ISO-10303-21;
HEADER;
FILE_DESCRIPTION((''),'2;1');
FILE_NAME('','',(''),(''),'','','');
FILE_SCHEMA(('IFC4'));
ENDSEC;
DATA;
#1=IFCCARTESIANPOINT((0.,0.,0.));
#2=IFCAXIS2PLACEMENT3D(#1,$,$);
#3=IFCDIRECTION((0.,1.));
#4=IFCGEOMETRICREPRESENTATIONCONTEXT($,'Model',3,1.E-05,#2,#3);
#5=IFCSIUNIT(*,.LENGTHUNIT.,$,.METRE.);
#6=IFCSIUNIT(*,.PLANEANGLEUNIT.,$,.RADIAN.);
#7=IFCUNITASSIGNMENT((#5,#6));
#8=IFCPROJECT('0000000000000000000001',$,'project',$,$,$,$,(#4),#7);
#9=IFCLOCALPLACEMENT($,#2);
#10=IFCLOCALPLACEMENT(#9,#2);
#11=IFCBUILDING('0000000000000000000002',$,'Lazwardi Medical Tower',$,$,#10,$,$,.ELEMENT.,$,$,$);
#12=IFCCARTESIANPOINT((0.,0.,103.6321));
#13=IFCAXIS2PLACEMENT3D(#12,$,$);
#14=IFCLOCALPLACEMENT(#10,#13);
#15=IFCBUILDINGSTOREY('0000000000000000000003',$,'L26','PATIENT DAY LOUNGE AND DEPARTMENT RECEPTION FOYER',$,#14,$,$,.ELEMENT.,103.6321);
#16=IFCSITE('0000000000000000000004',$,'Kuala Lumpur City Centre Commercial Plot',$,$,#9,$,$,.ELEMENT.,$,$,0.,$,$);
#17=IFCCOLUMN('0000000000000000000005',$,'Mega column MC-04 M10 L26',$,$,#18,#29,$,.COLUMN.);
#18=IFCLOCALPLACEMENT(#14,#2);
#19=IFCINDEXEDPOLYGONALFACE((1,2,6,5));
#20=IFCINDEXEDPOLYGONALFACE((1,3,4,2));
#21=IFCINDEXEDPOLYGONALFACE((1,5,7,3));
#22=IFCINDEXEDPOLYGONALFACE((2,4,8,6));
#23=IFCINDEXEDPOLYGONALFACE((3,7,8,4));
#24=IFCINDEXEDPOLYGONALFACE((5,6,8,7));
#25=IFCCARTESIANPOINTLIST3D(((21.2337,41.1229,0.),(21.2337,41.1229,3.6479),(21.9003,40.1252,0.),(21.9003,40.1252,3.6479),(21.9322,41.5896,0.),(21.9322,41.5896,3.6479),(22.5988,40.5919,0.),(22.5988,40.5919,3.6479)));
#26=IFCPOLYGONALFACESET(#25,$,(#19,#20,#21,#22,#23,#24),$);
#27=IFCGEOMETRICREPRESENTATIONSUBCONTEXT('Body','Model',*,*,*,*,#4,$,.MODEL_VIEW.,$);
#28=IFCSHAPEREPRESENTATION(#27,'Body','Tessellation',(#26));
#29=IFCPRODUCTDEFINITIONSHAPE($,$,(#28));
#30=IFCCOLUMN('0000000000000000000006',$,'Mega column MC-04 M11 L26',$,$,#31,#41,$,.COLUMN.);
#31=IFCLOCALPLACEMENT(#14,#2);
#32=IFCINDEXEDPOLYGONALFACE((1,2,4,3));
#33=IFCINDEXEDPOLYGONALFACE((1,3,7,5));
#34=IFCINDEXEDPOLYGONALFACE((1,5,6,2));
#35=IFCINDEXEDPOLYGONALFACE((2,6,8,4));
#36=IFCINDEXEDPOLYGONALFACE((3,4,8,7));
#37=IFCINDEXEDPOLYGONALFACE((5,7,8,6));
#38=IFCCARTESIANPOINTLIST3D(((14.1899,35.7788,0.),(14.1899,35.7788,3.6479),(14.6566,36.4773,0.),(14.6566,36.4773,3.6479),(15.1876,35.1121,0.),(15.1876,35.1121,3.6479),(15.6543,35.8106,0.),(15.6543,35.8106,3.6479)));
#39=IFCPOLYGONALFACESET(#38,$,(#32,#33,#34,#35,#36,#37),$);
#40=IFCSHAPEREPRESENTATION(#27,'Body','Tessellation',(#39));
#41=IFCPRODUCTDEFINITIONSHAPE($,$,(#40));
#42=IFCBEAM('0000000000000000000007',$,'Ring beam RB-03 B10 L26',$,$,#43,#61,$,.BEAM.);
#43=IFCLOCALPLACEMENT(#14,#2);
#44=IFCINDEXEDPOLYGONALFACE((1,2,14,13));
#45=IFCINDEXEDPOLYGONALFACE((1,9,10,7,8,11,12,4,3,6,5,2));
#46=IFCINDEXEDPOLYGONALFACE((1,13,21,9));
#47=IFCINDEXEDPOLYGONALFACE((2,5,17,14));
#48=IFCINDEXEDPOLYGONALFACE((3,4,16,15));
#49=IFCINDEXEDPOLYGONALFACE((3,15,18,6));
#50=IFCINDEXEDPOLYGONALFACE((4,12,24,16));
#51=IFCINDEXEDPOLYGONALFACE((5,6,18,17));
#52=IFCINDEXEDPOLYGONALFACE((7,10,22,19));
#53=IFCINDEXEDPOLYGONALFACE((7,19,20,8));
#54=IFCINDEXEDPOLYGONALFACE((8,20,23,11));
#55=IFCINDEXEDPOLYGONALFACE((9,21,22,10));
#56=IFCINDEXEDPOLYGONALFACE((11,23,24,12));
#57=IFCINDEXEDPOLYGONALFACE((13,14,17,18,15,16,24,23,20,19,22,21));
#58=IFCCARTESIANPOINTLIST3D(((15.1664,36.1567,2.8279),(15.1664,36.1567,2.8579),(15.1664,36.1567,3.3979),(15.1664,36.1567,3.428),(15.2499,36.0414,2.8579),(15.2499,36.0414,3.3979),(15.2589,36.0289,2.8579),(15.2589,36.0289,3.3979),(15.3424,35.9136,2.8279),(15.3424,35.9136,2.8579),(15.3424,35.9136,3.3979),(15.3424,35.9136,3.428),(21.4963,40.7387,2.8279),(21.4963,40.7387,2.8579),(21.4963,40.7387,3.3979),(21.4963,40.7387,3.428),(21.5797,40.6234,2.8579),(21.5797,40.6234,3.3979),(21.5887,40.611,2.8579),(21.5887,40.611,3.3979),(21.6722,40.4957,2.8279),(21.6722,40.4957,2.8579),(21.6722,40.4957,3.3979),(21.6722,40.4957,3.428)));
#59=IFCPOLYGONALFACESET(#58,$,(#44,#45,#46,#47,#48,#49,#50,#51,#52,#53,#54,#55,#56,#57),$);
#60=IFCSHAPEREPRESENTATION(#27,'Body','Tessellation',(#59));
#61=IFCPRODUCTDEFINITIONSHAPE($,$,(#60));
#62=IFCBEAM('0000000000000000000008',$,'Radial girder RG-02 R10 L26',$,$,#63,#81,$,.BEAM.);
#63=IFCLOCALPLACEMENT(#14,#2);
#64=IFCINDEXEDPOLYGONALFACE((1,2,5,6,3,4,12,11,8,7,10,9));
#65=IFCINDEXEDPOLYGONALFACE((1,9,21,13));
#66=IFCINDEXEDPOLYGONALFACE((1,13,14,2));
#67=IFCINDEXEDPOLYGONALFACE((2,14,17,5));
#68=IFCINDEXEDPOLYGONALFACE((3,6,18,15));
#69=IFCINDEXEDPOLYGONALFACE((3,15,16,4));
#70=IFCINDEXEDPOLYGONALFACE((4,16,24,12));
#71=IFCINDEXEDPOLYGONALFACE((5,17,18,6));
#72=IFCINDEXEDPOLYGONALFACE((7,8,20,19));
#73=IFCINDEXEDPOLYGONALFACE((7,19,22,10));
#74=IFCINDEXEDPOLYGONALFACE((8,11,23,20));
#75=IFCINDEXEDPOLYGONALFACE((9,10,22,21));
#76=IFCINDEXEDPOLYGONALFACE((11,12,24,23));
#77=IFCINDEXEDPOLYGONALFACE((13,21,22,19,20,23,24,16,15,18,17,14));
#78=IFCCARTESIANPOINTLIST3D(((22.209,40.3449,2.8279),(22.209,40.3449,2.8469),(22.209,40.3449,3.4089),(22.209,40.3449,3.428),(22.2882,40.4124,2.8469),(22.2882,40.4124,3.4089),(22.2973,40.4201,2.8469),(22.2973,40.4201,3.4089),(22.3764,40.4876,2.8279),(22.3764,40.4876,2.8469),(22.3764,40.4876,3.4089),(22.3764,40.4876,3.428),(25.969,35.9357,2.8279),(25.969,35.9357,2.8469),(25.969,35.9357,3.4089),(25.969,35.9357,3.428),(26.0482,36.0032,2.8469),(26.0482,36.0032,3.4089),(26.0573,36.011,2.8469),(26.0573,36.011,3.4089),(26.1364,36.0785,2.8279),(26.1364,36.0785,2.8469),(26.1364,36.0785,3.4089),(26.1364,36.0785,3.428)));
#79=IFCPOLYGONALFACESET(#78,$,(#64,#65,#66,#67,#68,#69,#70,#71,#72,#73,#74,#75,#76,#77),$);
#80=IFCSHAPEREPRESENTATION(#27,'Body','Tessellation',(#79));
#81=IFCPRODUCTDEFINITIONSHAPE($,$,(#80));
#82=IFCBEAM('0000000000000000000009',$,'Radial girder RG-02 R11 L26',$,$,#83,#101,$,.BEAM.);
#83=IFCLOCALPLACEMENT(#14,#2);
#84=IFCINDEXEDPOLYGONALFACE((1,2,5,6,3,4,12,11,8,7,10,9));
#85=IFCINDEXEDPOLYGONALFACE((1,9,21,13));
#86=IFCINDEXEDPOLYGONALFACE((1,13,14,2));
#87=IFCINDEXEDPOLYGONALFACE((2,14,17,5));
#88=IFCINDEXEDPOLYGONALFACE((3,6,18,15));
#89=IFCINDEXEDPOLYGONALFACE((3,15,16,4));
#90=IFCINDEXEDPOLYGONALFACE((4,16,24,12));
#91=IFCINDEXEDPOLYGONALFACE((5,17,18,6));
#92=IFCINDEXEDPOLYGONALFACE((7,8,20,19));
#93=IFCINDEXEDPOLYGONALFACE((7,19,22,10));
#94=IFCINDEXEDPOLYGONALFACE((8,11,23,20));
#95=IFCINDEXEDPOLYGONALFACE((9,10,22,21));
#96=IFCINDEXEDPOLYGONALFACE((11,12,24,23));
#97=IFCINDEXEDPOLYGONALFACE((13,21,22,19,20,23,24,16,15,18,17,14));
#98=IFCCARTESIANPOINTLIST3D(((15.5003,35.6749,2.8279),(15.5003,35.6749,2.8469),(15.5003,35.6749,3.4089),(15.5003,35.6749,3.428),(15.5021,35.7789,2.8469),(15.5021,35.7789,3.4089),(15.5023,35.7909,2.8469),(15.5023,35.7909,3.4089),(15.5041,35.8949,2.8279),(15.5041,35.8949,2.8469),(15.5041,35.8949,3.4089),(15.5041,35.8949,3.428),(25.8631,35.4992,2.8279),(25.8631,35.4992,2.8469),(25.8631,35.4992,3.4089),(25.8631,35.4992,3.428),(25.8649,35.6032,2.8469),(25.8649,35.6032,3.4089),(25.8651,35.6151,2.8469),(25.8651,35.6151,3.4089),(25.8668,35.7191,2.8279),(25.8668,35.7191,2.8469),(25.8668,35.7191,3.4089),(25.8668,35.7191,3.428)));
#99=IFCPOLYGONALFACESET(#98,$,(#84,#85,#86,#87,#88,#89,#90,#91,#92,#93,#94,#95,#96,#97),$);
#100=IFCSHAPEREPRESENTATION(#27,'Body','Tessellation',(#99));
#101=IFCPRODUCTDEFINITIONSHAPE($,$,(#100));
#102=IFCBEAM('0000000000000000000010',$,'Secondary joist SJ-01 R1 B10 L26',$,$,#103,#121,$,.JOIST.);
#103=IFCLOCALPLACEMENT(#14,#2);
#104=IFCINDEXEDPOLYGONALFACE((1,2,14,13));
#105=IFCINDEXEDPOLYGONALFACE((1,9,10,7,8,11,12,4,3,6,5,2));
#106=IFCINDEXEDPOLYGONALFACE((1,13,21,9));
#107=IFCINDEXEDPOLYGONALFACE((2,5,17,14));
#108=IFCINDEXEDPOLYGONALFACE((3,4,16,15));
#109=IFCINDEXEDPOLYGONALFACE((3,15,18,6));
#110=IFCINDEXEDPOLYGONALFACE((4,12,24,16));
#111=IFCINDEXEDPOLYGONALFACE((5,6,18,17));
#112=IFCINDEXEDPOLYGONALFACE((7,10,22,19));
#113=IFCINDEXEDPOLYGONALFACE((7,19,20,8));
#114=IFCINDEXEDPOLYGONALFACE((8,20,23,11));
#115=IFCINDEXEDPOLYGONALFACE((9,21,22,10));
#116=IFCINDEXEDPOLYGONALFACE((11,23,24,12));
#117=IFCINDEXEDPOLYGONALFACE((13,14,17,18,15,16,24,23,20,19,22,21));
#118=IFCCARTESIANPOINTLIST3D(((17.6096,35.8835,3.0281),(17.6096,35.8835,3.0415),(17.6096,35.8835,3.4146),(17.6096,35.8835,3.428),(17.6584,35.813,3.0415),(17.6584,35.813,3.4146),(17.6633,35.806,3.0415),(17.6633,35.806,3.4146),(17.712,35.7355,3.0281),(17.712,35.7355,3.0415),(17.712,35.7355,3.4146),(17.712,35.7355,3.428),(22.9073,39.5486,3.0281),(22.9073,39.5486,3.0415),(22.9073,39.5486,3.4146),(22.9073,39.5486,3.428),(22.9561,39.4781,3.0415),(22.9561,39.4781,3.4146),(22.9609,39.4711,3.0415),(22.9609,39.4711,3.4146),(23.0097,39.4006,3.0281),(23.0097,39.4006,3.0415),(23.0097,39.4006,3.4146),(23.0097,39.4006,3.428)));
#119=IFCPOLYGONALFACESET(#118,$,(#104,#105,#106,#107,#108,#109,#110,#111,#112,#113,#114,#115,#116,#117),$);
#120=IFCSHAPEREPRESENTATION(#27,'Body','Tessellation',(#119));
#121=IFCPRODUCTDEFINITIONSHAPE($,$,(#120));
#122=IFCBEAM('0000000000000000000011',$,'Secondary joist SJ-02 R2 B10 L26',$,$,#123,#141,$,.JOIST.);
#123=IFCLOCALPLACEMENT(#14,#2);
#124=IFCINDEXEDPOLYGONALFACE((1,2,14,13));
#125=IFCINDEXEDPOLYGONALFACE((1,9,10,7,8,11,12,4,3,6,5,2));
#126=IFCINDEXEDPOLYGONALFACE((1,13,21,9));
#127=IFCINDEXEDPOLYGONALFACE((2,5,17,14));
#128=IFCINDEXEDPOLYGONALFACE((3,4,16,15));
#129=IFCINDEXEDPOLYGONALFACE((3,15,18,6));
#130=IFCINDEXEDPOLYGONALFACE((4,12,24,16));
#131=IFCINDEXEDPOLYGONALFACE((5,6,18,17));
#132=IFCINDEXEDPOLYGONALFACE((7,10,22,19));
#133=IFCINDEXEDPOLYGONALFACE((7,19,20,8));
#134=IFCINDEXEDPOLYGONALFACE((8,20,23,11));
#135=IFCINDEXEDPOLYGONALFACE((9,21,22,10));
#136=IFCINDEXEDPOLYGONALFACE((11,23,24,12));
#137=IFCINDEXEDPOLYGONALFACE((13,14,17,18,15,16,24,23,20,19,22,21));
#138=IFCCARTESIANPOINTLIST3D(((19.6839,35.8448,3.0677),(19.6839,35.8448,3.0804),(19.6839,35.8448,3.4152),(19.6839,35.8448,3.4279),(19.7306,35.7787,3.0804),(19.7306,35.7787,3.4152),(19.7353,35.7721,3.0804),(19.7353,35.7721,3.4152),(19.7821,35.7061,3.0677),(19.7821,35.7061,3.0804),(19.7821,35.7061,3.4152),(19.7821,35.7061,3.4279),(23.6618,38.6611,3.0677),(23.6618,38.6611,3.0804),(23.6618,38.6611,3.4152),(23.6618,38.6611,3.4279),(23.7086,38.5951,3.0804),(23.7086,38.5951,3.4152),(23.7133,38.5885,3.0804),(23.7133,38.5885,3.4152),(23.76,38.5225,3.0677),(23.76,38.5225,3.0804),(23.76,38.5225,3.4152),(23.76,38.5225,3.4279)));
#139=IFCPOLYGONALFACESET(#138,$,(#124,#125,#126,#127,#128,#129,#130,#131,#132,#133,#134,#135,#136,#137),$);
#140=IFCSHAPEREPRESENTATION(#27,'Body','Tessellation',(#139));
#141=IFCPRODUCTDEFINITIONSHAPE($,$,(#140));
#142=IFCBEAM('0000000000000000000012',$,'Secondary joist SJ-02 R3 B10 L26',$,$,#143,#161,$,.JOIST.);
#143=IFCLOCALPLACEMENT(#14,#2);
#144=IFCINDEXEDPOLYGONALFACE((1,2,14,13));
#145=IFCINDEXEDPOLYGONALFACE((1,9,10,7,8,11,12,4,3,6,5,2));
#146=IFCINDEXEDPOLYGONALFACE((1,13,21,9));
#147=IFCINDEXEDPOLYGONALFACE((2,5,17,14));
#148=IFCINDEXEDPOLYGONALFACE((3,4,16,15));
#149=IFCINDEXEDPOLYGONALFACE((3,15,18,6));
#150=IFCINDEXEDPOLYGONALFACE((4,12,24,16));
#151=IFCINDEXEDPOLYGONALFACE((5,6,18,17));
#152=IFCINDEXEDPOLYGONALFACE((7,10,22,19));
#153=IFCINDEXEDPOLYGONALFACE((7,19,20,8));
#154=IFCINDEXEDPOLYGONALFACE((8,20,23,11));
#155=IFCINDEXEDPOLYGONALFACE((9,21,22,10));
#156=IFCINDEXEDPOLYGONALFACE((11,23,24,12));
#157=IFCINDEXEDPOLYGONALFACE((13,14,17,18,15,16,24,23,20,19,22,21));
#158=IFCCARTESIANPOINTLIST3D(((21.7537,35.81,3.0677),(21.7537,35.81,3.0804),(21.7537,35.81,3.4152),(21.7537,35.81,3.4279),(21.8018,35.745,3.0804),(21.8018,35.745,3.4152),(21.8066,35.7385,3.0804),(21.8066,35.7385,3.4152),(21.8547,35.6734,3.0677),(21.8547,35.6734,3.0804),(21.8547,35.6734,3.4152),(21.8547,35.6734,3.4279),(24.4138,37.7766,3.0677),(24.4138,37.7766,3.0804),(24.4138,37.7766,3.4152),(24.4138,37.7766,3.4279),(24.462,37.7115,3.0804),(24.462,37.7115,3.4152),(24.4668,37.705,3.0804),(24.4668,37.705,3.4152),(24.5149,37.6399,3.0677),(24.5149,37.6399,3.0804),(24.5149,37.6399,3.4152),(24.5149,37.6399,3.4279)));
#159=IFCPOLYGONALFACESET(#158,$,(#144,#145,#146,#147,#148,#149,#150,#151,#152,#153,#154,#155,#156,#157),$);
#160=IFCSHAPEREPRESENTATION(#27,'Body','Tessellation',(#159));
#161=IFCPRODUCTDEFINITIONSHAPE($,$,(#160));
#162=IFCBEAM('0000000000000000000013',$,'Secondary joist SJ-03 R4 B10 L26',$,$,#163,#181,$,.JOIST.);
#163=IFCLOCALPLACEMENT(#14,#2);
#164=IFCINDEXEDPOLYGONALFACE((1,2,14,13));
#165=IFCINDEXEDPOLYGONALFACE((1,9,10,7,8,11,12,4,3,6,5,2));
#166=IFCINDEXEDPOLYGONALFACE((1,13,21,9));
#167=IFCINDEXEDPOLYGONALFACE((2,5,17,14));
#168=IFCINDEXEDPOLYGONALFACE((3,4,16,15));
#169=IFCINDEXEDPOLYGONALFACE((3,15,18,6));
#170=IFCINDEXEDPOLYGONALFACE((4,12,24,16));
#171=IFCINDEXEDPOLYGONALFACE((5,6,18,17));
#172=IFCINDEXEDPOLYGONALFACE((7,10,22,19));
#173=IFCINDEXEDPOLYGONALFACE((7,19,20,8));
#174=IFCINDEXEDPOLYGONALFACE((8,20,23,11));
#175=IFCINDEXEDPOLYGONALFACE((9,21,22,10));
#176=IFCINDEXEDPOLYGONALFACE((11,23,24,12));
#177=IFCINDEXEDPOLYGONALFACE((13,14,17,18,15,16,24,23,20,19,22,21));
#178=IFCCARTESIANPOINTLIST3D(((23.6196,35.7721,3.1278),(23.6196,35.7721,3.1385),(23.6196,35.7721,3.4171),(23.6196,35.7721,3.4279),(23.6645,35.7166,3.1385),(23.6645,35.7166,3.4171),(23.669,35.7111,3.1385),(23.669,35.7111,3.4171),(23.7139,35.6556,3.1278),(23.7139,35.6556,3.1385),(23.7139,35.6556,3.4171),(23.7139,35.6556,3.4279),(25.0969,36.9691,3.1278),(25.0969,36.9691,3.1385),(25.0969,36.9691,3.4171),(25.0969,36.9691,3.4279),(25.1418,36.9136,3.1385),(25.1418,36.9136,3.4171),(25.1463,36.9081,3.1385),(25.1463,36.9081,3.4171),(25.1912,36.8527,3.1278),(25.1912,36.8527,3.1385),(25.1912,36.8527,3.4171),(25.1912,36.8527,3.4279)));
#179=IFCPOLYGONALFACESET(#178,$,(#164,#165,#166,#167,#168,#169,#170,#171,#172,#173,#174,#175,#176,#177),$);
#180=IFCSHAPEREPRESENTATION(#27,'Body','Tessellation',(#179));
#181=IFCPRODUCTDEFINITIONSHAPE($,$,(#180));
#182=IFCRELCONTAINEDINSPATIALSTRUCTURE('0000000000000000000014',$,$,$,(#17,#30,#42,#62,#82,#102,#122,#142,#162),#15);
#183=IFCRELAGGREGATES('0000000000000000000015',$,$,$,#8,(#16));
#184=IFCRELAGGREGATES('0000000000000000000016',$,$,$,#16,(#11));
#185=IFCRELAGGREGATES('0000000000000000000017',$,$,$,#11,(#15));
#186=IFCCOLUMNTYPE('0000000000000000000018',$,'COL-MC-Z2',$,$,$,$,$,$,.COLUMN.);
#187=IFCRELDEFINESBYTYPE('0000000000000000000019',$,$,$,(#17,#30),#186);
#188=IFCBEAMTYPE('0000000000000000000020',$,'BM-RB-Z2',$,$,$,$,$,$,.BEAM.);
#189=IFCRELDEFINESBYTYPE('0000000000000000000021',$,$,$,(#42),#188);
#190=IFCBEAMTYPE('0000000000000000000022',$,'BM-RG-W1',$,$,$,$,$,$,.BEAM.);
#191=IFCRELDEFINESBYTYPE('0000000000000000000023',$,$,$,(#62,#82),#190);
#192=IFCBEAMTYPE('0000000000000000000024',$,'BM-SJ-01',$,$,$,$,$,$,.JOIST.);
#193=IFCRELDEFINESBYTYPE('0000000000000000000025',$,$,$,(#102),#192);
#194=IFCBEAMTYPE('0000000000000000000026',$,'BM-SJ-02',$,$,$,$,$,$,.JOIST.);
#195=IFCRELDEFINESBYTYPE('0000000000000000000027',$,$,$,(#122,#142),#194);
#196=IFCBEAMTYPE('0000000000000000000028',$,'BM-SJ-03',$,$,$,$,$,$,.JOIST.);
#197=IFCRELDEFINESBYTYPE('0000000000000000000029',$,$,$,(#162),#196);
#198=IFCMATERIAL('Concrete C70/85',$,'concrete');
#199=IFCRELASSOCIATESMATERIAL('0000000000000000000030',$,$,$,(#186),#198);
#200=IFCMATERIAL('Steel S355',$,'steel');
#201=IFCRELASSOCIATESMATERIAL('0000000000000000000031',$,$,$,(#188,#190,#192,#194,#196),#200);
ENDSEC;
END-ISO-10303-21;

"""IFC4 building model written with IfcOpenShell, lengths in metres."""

from ifc_helpers import new_model, si_unit, direction, frame, origin, origin_2d, place, context, subcontext, project, spatial, rectangle, i_section, extrude, material, material_profile, profile_set, type_object, element, save


model = new_model("IFC4")

# Units and contexts
model_context = context("Model", 3, precision=1e-05, world=origin(), true_north=direction((0.0, 1.0)))
body_context = subcontext(model_context, "Body", "Model", "MODEL_VIEW")
ifc_project = project(units=[si_unit("LENGTHUNIT", "METRE"), si_unit("PLANEANGLEUNIT", "RADIAN")], contexts=[model_context])

# Site, building, storey
site_placement = place(None, origin())
site = spatial("IfcSite", under=ifc_project, at=site_placement, Name="Kuala Lumpur City Centre Commercial Plot", CompositionType="ELEMENT", RefElevation=0.0)
building_placement = place(site_placement, origin())
building = spatial("IfcBuilding", under=site, at=building_placement, Name="Lazwardi Medical Tower", CompositionType="ELEMENT")
storey_placement = place(building_placement, frame((0.0, 0.0, 103.6321)))
storey = spatial("IfcBuildingStorey", under=building, at=storey_placement, Name="L26", Description="PATIENT DAY LOUNGE AND DEPARTMENT RECEPTION FOYER", CompositionType="ELEMENT", Elevation=103.6321)

# Columns
ifc_material_1 = material(Name="Concrete C70/85", Category="concrete")
ifc_material_profile_1 = material_profile(ifc_material_1, rectangle(XDim=1.2, YDim=0.8401, at=origin_2d()), Name="CFT-RECT 1200x840")
ifc_profile_set_1 = profile_set([ifc_material_profile_1], Name="Concrete C70/85")
column_type = type_object("IfcColumnType", Name="COL-MC-Z2", PredefinedType="COLUMN", material=ifc_profile_set_1)
for number, where, z_axis, x_axis, name in (
    (1, (21.9163, 40.8574, 0.0), (0.0, 0.0, 1.0), (-0.55557, 0.83147, 0.0), "Mega column MC-04 M10 L26"),
    (2, (14.9221, 35.7947, 0.0), (0.0, 0.0, 1.0), (-0.83147, 0.55557, 0.0), "Mega column MC-04 M11 L26"),
):
    element("IfcColumn", number, at=place(storey_placement, frame(where, z_axis=z_axis, x_axis=x_axis)), inside=storey, type_object=column_type, Name=name, PredefinedType="COLUMN", context=body_context, shape_type="SweptSolid", body=[
        extrude(rectangle(XDim=1.2, YDim=0.8401, at=origin_2d()), origin(), (0.0, 0.0, 1.0), 3.6479),
    ])

# Beams
ifc_material_2 = material(Name="Steel S355", Category="steel")
ifc_material_profile_2 = material_profile(ifc_material_2, i_section(OverallWidth=0.3, OverallDepth=0.6001, WebThickness=0.0154, FlangeThickness=0.03, at=origin_2d()), Name="HEB 600")
ifc_profile_set_2 = profile_set([ifc_material_profile_2], Name="Steel S355")
beam_type_1 = type_object("IfcBeamType", Name="BM-RB-Z2", PredefinedType="BEAM", material=ifc_profile_set_2)
beam_1_placement = place(storey_placement, frame((21.5842, 40.6172, 3.1279), z_axis=(-0.810042, -0.586372, 0.0), x_axis=(0.586372, -0.810042, 0.0)))
element("IfcBeam", 3, at=beam_1_placement, inside=storey, type_object=beam_type_1, Name="Ring beam RB-03 B10 L26", PredefinedType="BEAM", context=body_context, shape_type="SweptSolid", body=[
    extrude(i_section(OverallWidth=0.3, OverallDepth=0.6001, WebThickness=0.0154, FlangeThickness=0.03, at=origin_2d()), origin(), (0.0, 0.0, 1.0), 7.8142),
])
ifc_material_profile_3 = material_profile(ifc_material_2, i_section(OverallWidth=0.22, OverallDepth=0.6001, WebThickness=0.012, FlangeThickness=0.019, at=origin_2d()), Name="IPE 600")
ifc_profile_set_3 = profile_set([ifc_material_profile_3], Name="Steel S355")
beam_type_2 = type_object("IfcBeamType", Name="BM-RG-W1", PredefinedType="BEAM", material=ifc_profile_set_3)
beam_2_placement = place(storey_placement, frame((22.2927, 40.4163, 3.1279), z_axis=(0.648871, -0.760899, 0.0), x_axis=(0.760899, 0.648871, 0.0)))
element("IfcBeam", 4, at=beam_2_placement, inside=storey, type_object=beam_type_2, Name="Radial girder RG-02 R10 L26", PredefinedType="BEAM", context=body_context, shape_type="SweptSolid", body=[
    extrude(i_section(OverallWidth=0.22, OverallDepth=0.6001, WebThickness=0.012, FlangeThickness=0.019, at=origin_2d()), origin(), (0.0, 0.0, 1.0), 5.7947),
])
beam_3_placement = place(storey_placement, frame((15.5022, 35.7849, 3.1279), z_axis=(0.999856, -0.01696, 0.0), x_axis=(0.01696, 0.999856, 0.0)))
element("IfcBeam", 5, at=beam_3_placement, inside=storey, type_object=beam_type_2, Name="Radial girder RG-02 R11 L26", PredefinedType="BEAM", context=body_context, shape_type="SweptSolid", body=[
    extrude(i_section(OverallWidth=0.22, OverallDepth=0.6001, WebThickness=0.012, FlangeThickness=0.019, at=origin_2d()), origin(), (0.0, 0.0, 1.0), 10.3643),
])
ifc_material_profile_4 = material_profile(ifc_material_2, i_section(OverallWidth=0.1799, OverallDepth=0.3999, WebThickness=0.0085, FlangeThickness=0.0134, at=origin_2d()), Name="IPE 400")
ifc_profile_set_4 = profile_set([ifc_material_profile_4], Name="Steel S355")
beam_type_3 = type_object("IfcBeamType", Name="BM-SJ-01", PredefinedType="JOIST", material=ifc_profile_set_4)
beam_4_placement = place(storey_placement, frame((22.9585, 39.4746, 3.228), z_axis=(-0.822376, -0.568944, 0.0), x_axis=(0.568944, -0.822376, 0.0)))
element("IfcBeam", 6, at=beam_4_placement, inside=storey, type_object=beam_type_3, Name="Secondary joist SJ-01 R1 B10 L26", PredefinedType="JOIST", context=body_context, shape_type="SweptSolid", body=[
    extrude(i_section(OverallWidth=0.1799, OverallDepth=0.3999, WebThickness=0.0085, FlangeThickness=0.0134, at=origin_2d()), origin(), (0.0, 0.0, 1.0), 6.4419),
])
ifc_material_profile_5 = material_profile(ifc_material_2, i_section(OverallWidth=0.1699, OverallDepth=0.3601, WebThickness=0.0081, FlangeThickness=0.0127, at=origin_2d()), Name="IPE 360")
ifc_profile_set_5 = profile_set([ifc_material_profile_5], Name="Steel S355")
beam_type_4 = type_object("IfcBeamType", Name="BM-SJ-02", PredefinedType="JOIST", material=ifc_profile_set_5)
beam_5_placement = place(storey_placement, frame((23.7109, 38.5918, 3.2478), z_axis=(-0.816156, -0.577831, 0.0), x_axis=(0.577831, -0.816156, 0.0)))
element("IfcBeam", 7, at=beam_5_placement, inside=storey, type_object=beam_type_4, Name="Secondary joist SJ-02 R2 B10 L26", PredefinedType="JOIST", context=body_context, shape_type="SweptSolid", body=[
    extrude(i_section(OverallWidth=0.1699, OverallDepth=0.3601, WebThickness=0.0081, FlangeThickness=0.0127, at=origin_2d()), origin(), (0.0, 0.0, 1.0), 4.874),
])
beam_6_placement = place(storey_placement, frame((24.4644, 37.7083, 3.2478), z_axis=(-0.804126, -0.59446, 0.0), x_axis=(0.59446, -0.804126, 0.0)))
element("IfcBeam", 8, at=beam_6_placement, inside=storey, type_object=beam_type_4, Name="Secondary joist SJ-02 R3 B10 L26", PredefinedType="JOIST", context=body_context, shape_type="SweptSolid", body=[
    extrude(i_section(OverallWidth=0.1699, OverallDepth=0.3601, WebThickness=0.0081, FlangeThickness=0.0127, at=origin_2d()), origin(), (0.0, 0.0, 1.0), 3.3081),
])
ifc_material_profile_6 = material_profile(ifc_material_2, i_section(OverallWidth=0.1499, OverallDepth=0.3, WebThickness=0.0071, FlangeThickness=0.0107, at=origin_2d()), Name="IPE 300")
ifc_profile_set_6 = profile_set([ifc_material_profile_6], Name="Steel S355")
beam_type_5 = type_object("IfcBeamType", Name="BM-SJ-03", PredefinedType="JOIST", material=ifc_profile_set_6)
beam_7_placement = place(storey_placement, frame((25.144, 36.9109, 3.2778), z_axis=(-0.776958, -0.629553, 0.0), x_axis=(0.629553, -0.776958, 0.0)))
element("IfcBeam", 9, at=beam_7_placement, inside=storey, type_object=beam_type_5, Name="Secondary joist SJ-03 R4 B10 L26", PredefinedType="JOIST", context=body_context, shape_type="SweptSolid", body=[
    extrude(i_section(OverallWidth=0.1499, OverallDepth=0.3, WebThickness=0.0071, FlangeThickness=0.0107, at=origin_2d()), origin(), (0.0, 0.0, 1.0), 1.9014),
])

save(model, "model.ifc")
